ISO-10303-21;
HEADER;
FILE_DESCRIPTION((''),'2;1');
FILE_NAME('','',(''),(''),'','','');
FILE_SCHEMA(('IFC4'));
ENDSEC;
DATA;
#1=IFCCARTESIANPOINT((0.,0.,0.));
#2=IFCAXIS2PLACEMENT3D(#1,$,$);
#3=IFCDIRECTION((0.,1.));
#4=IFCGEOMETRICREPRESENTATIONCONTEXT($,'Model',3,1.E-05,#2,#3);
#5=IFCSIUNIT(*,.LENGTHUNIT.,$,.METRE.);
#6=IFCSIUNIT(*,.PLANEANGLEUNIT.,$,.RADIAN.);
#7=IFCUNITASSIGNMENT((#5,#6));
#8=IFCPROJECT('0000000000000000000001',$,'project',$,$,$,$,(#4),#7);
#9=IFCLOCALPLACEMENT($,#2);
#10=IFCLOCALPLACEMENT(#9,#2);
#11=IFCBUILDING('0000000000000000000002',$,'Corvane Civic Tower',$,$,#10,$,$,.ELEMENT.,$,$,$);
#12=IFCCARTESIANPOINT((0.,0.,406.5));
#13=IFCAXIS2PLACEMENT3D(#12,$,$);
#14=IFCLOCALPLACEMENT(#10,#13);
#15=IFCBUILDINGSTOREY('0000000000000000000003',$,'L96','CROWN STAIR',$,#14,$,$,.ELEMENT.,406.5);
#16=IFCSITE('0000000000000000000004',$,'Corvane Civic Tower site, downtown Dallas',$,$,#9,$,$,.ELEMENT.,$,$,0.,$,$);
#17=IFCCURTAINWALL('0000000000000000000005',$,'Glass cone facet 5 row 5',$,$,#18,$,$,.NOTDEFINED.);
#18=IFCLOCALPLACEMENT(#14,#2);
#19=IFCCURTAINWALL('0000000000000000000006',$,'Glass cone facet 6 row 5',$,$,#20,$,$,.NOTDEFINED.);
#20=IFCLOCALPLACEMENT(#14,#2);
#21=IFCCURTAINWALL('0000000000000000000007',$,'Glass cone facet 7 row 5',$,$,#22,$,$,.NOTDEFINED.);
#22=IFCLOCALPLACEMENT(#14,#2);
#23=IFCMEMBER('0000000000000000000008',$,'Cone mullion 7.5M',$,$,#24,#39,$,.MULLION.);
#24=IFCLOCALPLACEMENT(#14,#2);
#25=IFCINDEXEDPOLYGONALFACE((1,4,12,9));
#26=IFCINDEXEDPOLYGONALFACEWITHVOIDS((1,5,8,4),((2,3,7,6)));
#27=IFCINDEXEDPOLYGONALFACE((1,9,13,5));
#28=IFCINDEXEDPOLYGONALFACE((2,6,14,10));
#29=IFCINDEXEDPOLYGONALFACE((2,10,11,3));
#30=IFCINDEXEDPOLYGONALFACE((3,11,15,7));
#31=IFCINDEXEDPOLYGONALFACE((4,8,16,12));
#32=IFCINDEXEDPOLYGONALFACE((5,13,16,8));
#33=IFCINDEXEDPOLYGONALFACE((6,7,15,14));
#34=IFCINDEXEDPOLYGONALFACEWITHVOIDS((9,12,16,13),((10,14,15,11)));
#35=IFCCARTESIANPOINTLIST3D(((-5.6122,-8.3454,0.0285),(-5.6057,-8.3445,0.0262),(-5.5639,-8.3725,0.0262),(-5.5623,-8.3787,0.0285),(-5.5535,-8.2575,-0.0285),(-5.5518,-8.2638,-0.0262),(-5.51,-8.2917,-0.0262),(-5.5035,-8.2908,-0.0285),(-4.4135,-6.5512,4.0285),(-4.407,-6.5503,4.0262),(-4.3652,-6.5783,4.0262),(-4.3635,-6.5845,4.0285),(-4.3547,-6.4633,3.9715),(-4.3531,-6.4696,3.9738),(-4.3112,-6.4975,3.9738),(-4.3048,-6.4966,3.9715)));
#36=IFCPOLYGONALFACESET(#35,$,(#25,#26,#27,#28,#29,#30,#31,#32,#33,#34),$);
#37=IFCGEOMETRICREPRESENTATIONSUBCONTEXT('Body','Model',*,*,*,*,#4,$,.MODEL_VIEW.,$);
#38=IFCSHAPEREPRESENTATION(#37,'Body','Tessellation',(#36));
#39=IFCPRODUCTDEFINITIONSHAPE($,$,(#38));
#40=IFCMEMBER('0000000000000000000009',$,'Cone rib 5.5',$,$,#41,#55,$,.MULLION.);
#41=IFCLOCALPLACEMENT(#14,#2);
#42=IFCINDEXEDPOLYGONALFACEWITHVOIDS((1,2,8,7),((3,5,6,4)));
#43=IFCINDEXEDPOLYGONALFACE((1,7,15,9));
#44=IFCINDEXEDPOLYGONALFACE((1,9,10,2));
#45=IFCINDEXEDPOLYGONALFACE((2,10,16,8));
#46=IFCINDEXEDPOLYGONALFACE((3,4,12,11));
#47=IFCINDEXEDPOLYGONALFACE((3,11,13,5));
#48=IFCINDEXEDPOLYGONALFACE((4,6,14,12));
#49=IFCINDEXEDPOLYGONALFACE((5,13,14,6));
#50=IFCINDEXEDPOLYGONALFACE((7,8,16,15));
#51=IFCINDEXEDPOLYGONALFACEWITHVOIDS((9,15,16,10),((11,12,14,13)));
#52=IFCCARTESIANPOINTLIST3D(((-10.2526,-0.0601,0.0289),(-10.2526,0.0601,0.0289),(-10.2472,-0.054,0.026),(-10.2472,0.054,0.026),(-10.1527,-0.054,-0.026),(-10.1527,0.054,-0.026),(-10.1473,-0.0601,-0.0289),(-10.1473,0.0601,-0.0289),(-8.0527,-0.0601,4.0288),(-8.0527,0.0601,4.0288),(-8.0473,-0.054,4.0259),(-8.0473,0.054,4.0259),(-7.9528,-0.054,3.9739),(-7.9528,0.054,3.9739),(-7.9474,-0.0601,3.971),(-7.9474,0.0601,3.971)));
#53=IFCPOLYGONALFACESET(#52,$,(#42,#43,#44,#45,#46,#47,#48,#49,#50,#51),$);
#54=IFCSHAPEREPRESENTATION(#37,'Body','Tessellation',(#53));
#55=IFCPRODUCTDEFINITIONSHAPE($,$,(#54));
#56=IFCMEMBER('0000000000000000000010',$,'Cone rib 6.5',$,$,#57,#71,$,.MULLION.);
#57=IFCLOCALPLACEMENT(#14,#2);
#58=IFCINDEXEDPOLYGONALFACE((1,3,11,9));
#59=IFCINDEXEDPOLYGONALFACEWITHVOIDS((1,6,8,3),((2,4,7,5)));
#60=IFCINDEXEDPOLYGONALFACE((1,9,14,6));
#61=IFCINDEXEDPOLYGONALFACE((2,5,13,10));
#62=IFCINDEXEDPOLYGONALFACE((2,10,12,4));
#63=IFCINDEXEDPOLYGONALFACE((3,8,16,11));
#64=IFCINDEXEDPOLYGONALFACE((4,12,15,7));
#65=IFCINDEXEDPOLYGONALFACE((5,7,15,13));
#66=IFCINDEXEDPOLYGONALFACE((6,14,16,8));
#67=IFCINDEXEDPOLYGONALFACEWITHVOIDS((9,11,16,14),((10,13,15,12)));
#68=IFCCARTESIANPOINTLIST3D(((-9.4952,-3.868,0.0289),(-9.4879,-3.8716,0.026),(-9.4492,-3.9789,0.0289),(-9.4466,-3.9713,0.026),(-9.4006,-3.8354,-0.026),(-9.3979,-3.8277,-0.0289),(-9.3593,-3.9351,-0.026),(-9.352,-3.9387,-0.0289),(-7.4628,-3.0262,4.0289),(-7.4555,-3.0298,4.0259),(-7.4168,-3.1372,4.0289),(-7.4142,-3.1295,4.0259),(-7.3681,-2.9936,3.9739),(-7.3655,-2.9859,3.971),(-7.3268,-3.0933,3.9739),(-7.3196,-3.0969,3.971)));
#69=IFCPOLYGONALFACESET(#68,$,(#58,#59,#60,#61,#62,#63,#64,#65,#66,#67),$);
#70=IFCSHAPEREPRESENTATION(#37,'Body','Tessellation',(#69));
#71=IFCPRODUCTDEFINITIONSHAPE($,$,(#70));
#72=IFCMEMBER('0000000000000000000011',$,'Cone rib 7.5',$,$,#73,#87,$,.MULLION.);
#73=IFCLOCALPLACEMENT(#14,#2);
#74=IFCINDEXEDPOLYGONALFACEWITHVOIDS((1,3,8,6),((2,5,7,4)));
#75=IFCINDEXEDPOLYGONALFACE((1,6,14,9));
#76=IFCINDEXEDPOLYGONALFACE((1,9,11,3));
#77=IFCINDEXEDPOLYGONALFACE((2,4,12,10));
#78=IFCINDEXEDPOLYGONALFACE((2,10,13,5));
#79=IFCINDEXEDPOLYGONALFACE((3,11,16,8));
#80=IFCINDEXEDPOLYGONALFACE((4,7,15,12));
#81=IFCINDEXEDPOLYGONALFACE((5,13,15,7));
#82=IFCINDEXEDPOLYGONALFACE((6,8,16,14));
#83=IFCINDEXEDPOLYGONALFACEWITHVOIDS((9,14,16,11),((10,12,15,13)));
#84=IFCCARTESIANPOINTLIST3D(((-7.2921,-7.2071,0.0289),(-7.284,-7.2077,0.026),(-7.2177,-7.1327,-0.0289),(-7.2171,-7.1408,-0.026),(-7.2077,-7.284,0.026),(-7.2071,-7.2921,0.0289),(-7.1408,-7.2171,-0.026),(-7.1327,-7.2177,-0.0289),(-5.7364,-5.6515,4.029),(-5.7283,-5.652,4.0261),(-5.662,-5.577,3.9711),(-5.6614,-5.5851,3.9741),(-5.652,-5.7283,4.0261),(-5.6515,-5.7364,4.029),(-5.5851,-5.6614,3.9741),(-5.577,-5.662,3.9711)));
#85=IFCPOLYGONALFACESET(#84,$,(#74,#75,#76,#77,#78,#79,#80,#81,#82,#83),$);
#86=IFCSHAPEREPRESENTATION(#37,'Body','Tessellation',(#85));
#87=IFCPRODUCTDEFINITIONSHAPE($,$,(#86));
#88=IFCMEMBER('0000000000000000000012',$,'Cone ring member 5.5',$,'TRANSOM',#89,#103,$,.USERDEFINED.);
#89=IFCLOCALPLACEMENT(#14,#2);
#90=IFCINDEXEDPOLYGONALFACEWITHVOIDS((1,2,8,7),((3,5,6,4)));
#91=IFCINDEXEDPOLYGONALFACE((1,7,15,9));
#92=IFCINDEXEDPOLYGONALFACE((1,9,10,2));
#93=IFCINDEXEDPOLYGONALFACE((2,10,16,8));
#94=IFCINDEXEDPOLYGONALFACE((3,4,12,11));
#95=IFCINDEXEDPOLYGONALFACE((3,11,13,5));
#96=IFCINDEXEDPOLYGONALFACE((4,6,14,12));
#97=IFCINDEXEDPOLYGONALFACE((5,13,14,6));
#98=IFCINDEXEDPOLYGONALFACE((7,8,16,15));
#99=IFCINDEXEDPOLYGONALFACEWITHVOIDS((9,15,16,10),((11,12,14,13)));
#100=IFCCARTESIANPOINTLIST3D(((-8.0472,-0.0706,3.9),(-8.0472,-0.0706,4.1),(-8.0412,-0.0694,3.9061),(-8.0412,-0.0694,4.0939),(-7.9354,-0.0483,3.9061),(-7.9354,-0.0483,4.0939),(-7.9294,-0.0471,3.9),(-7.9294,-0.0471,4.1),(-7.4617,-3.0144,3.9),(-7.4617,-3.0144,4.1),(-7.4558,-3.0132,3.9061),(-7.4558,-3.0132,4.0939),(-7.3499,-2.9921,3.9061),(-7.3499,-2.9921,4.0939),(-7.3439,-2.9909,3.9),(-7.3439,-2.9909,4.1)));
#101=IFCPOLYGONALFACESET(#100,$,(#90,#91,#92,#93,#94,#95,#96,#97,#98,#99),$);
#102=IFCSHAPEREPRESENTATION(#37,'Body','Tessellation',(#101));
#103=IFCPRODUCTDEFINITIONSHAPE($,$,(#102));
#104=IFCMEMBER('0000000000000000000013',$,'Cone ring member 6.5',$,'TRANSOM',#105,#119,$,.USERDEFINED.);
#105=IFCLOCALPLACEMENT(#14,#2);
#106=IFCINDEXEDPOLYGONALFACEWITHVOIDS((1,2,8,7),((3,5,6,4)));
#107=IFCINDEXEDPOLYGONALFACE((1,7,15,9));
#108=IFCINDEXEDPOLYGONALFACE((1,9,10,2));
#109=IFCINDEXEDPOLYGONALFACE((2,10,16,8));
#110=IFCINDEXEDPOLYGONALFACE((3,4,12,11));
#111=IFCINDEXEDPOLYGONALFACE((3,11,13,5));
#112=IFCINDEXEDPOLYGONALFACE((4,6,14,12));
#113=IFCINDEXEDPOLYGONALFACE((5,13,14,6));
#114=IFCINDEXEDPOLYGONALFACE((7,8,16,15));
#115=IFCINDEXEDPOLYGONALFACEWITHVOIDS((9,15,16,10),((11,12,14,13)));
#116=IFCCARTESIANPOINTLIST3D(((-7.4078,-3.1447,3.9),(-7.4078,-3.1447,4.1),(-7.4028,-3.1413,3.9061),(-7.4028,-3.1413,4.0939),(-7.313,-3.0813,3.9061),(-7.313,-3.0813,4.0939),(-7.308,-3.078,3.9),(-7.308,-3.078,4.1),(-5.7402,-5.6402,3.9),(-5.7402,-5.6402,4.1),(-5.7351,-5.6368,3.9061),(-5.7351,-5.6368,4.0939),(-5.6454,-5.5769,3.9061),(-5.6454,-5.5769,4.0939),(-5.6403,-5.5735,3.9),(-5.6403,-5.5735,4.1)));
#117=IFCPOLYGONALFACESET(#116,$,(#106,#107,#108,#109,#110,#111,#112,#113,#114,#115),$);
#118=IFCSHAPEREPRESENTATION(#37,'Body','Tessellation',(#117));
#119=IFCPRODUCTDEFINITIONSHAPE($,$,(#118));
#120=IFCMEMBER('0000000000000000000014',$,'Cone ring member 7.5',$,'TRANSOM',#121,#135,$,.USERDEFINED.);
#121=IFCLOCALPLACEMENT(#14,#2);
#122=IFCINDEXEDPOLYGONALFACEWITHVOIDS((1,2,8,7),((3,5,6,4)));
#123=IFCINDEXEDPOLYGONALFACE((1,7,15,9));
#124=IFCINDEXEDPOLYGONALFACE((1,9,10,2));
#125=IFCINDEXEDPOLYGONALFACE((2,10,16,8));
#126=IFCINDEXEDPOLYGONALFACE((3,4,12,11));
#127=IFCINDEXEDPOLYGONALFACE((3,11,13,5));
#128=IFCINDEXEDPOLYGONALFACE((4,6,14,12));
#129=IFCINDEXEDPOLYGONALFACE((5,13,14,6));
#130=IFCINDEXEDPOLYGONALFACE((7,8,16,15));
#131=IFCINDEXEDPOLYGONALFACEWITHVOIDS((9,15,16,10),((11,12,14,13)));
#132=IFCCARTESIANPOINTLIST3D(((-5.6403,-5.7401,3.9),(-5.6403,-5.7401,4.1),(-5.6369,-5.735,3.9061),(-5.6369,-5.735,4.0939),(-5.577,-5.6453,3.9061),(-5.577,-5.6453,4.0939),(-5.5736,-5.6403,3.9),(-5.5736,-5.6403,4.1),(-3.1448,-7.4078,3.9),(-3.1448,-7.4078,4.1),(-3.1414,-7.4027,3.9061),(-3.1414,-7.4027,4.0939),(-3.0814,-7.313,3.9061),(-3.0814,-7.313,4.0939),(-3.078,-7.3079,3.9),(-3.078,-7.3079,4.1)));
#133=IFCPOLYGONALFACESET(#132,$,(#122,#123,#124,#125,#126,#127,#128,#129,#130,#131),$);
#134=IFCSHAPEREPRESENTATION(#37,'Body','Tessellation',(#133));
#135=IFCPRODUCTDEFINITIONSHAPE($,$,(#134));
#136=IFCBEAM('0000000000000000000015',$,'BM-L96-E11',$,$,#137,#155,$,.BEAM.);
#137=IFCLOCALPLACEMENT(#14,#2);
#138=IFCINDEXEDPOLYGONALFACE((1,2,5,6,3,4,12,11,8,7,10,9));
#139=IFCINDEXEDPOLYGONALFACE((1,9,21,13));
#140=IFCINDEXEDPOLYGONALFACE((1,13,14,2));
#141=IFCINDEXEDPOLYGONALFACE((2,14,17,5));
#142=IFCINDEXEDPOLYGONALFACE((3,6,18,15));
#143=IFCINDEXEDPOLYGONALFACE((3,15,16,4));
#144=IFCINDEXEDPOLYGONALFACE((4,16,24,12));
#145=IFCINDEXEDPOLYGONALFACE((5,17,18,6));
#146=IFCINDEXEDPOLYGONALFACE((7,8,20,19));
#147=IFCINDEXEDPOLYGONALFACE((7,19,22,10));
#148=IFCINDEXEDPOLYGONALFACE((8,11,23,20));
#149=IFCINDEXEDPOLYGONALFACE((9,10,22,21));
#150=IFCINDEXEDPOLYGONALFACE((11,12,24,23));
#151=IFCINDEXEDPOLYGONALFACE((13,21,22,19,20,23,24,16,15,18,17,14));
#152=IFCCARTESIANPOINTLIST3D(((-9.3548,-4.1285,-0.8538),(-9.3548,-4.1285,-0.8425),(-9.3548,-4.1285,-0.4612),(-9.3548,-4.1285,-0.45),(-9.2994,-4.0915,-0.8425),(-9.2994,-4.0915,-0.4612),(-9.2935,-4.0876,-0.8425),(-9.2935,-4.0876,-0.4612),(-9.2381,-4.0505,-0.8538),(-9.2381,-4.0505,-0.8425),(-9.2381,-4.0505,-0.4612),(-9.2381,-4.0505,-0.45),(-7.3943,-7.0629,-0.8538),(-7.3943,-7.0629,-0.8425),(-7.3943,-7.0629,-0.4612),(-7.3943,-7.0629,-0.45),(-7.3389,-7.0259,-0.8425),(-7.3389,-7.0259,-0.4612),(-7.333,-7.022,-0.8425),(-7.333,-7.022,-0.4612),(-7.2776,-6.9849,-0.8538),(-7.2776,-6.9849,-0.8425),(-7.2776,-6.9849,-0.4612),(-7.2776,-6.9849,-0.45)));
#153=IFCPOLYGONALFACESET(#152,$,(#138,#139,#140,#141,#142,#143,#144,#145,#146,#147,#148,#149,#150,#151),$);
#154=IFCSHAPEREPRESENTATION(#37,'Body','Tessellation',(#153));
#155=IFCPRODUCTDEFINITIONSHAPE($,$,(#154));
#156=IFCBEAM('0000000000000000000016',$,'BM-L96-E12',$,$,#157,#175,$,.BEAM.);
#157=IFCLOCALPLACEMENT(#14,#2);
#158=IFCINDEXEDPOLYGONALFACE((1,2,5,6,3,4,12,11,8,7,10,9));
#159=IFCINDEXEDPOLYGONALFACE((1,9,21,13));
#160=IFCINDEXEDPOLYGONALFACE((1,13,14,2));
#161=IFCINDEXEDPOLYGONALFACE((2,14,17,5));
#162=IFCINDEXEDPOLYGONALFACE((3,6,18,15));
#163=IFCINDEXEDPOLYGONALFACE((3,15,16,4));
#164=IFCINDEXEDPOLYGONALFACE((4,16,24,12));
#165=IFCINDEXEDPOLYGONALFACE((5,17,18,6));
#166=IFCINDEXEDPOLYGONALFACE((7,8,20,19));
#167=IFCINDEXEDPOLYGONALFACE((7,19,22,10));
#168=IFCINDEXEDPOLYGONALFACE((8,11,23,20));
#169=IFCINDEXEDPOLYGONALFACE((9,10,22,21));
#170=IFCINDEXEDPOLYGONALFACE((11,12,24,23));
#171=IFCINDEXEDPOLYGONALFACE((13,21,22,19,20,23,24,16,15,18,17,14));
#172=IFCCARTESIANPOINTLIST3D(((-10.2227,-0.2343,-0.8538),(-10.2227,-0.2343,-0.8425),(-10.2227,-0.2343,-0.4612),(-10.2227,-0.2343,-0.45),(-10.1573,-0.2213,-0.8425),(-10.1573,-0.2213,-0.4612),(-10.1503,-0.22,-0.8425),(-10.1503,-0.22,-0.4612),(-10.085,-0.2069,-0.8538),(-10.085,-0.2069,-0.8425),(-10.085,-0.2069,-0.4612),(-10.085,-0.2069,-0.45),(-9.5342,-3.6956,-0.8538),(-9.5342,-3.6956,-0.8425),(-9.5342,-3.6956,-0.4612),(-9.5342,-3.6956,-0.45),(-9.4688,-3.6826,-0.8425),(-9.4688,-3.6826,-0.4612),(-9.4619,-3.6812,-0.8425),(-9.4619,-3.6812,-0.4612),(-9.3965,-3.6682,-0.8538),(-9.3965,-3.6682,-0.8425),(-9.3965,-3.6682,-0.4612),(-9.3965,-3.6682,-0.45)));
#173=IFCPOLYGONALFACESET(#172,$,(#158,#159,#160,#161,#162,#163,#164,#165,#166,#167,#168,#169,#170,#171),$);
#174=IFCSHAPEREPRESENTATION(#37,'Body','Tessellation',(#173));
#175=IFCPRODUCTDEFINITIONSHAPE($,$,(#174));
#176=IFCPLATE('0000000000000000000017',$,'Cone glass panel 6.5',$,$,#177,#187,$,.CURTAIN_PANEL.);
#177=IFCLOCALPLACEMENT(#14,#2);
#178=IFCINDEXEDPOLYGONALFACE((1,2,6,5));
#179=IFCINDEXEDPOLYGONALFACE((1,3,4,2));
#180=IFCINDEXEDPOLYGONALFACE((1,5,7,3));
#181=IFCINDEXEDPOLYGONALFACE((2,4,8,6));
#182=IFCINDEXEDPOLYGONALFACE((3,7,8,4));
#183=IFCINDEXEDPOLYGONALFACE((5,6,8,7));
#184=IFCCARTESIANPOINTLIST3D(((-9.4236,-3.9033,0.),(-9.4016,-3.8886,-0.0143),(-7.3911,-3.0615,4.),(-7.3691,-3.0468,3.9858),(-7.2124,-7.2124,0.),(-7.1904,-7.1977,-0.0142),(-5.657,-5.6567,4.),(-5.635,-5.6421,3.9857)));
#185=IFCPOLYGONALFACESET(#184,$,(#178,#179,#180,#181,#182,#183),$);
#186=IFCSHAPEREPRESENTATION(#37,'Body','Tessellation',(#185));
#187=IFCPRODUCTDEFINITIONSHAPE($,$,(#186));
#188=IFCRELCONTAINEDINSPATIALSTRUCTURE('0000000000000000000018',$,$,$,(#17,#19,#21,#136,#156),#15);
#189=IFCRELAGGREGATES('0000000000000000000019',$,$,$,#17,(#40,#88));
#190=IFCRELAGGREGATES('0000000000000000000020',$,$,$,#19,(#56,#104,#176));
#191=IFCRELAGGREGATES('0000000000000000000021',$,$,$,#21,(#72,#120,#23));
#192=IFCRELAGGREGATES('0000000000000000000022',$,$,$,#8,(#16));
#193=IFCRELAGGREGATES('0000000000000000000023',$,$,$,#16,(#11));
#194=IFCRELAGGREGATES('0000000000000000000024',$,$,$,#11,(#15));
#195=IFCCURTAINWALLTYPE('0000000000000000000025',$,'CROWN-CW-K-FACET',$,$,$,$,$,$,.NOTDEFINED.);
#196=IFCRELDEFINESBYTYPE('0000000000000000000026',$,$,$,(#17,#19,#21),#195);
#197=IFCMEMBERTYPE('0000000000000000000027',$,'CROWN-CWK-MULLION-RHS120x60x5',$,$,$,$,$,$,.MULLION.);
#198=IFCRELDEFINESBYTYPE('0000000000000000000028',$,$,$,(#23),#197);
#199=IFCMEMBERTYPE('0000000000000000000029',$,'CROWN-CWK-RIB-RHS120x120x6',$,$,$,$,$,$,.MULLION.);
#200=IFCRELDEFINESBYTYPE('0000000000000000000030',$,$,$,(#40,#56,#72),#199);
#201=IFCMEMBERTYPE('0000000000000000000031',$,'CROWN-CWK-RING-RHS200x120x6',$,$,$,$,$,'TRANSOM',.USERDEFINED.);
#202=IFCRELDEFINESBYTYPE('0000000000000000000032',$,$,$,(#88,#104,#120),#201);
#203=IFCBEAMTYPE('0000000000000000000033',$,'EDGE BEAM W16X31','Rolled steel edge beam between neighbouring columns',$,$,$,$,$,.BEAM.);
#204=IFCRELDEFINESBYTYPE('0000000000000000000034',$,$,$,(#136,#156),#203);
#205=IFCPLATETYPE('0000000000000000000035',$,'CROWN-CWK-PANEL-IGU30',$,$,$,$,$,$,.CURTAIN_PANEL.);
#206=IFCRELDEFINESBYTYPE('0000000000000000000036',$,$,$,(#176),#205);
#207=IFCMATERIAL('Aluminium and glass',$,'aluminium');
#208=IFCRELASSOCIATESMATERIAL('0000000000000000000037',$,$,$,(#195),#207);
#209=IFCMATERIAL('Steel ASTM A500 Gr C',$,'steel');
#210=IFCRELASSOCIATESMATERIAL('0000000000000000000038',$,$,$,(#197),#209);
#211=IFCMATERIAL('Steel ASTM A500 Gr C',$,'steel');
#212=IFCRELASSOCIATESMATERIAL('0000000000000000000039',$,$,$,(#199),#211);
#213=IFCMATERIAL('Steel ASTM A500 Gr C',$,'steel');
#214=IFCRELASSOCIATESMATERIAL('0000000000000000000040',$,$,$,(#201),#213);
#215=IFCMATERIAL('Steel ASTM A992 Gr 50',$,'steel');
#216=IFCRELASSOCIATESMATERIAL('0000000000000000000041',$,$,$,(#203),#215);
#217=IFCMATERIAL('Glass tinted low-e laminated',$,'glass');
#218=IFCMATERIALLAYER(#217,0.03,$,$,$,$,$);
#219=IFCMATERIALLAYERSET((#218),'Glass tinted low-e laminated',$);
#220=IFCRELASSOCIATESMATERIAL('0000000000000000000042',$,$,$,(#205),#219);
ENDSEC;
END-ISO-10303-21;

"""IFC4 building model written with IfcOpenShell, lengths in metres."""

from ifc_helpers import new_model, si_unit, direction, frame, origin, origin_2d, place, context, subcontext, project, spatial, polyline, hollow_rectangle, i_section, outline, extrude, material, layer, layer_set, material_profile, profile_set, type_object, element, aggregate, save


model = new_model("IFC4")

# Units and contexts
model_context = context("Model", 3, precision=1e-05, world=origin(), true_north=direction((0.0, 1.0)))
body_context = subcontext(model_context, "Body", "Model", "MODEL_VIEW")
ifc_project = project(units=[si_unit("LENGTHUNIT", "METRE"), si_unit("PLANEANGLEUNIT", "RADIAN")], contexts=[model_context])

# Site, building, storey
site_placement = place(None, origin())
site = spatial("IfcSite", under=ifc_project, at=site_placement, Name="Corvane Civic Tower site, downtown Dallas", CompositionType="ELEMENT", RefElevation=0.0)
building_placement = place(site_placement, origin())
building = spatial("IfcBuilding", under=site, at=building_placement, Name="Corvane Civic Tower", CompositionType="ELEMENT")
storey_placement = place(building_placement, frame((0.0, 0.0, 406.5)))
storey = spatial("IfcBuildingStorey", under=building, at=storey_placement, Name="L96", Description="CROWN STAIR", CompositionType="ELEMENT", Elevation=406.5)

# Curtain walls
ifc_material_1 = material(Name="Aluminium and glass", Category="aluminium")
curtain_wall_type = type_object("IfcCurtainWallType", Name="CROWN-CW-K-FACET", PredefinedType="NOTDEFINED", material=ifc_material_1)
curtain_wall_1_placement = place(storey_placement, origin())
curtain_wall_1 = element("IfcCurtainWall", 1, at=curtain_wall_1_placement, inside=storey, type_object=curtain_wall_type, Name="Glass cone facet 5 row 5", PredefinedType="NOTDEFINED")
ifc_material_2 = material(Name="Steel ASTM A500 Gr C", Category="steel")
ifc_material_profile_1 = material_profile(ifc_material_2, hollow_rectangle(XDim=0.0601, YDim=0.1201, WallThickness=0.0049, at=origin_2d()), Name="RHS 120x60x5")
ifc_profile_set_1 = profile_set([ifc_material_profile_1], Name="Steel ASTM A500 Gr C")
member_type_1 = type_object("IfcMemberType", Name="CROWN-CWK-MULLION-RHS120x60x5", PredefinedType="MULLION", material=ifc_profile_set_1)
curtain_wall_2_placement = place(storey_placement, origin())
curtain_wall_2 = element("IfcCurtainWall", 2, at=curtain_wall_2_placement, inside=storey, type_object=curtain_wall_type, Name="Glass cone facet 6 row 5", PredefinedType="NOTDEFINED")

# Curtain wall, member
curtain_wall_3_placement = place(storey_placement, origin())
curtain_wall_3 = element("IfcCurtainWall", 3, at=curtain_wall_3_placement, inside=storey, type_object=curtain_wall_type, Name="Glass cone facet 7 row 5", PredefinedType="NOTDEFINED")
member_1_placement = place(storey_placement, frame((-5.5579, -8.3181, 0.0), z_axis=(0.263753, 0.39477, 0.880108), x_axis=(-0.831493, 0.555535, 0.0)))
member_1 = element("IfcMember", 4, at=member_1_placement, type_object=member_type_1, Name="Cone mullion 7.5M", PredefinedType="MULLION", context=body_context, shape_type="SweptSolid", body=[
    extrude(hollow_rectangle(XDim=0.0601, YDim=0.1201, WallThickness=0.0049, at=origin_2d()), origin(), (0.0, 0.0, 1.0), 4.5449),
])

# Members
ifc_material_3 = material(Name="Steel ASTM A500 Gr C", Category="steel")
ifc_material_profile_2 = material_profile(ifc_material_3, hollow_rectangle(XDim=0.1201, YDim=0.1201, WallThickness=0.0061, at=origin_2d()), Name="RHS 120x120x6")
ifc_profile_set_2 = profile_set([ifc_material_profile_2], Name="Steel ASTM A500 Gr C")
member_type_2 = type_object("IfcMemberType", Name="CROWN-CWK-RIB-RHS120x120x6", PredefinedType="MULLION", material=ifc_profile_set_2)
member_2_placement = place(storey_placement, frame((-10.2, 0.0, 0.0), z_axis=(0.481911, 0.0, 0.87622), x_axis=(0.0, 1.0, 0.0)))
member_2 = element("IfcMember", 5, at=member_2_placement, type_object=member_type_2, Name="Cone rib 5.5", PredefinedType="MULLION", context=body_context, shape_type="SweptSolid", body=[
    extrude(hollow_rectangle(XDim=0.1201, YDim=0.1201, WallThickness=0.0061, at=origin_2d()), origin(), (0.0, 0.0, 1.0), 4.5649),
])
member_3_placement = place(storey_placement, frame((-9.4236, -3.9033, 0.0), z_axis=(0.445226, 0.184401, 0.876225), x_axis=(-0.382652, 0.923892, 0.0)))
member_3 = element("IfcMember", 6, at=member_3_placement, type_object=member_type_2, Name="Cone rib 6.5", PredefinedType="MULLION", context=body_context, shape_type="SweptSolid", body=[
    extrude(hollow_rectangle(XDim=0.1201, YDim=0.1201, WallThickness=0.0061, at=origin_2d()), origin(), (0.0, 0.0, 1.0), 4.5649),
])
member_4_placement = place(storey_placement, frame((-7.2124, -7.2124, 0.0), z_axis=(0.340773, 0.340773, 0.876212), x_axis=(-0.707107, 0.707107, 0.0)))
member_4 = element("IfcMember", 7, at=member_4_placement, type_object=member_type_2, Name="Cone rib 7.5", PredefinedType="MULLION", context=body_context, shape_type="SweptSolid", body=[
    extrude(hollow_rectangle(XDim=0.1201, YDim=0.1201, WallThickness=0.0061, at=origin_2d()), origin(), (0.0, 0.0, 1.0), 4.5652),
])
ifc_material_4 = material(Name="Steel ASTM A500 Gr C", Category="steel")
ifc_material_profile_3 = material_profile(ifc_material_4, hollow_rectangle(XDim=0.1201, YDim=0.2, WallThickness=0.0061, at=origin_2d()), Name="RHS 200x120x6")
ifc_profile_set_3 = profile_set([ifc_material_profile_3], Name="Steel ASTM A500 Gr C")
member_type_3 = type_object("IfcMemberType", Name="CROWN-CWK-RING-RHS200x120x6", ElementType="TRANSOM", PredefinedType="USERDEFINED", material=ifc_profile_set_3)
member_5_placement = place(storey_placement, frame((-7.9883, -0.0588, 4.0), z_axis=(0.195052, -0.980793, 0.0), x_axis=(0.980793, 0.195052, 0.0)))
member_5 = element("IfcMember", 8, at=member_5_placement, type_object=member_type_3, Name="Cone ring member 5.5", ObjectType="TRANSOM", PredefinedType="USERDEFINED", context=body_context, shape_type="SweptSolid", body=[
    extrude(hollow_rectangle(XDim=0.1201, YDim=0.2, WallThickness=0.0061, at=origin_2d()), origin(), (0.0, 0.0, 1.0), 3.0015),
])
aggregate(curtain_wall_1, [member_2, member_5])
member_6_placement = place(storey_placement, frame((-7.3579, -3.1113, 4.0), z_axis=(0.55562, -0.831437, 0.0), x_axis=(0.831437, 0.55562, 0.0)))
member_6 = element("IfcMember", 9, at=member_6_placement, type_object=member_type_3, Name="Cone ring member 6.5", ObjectType="TRANSOM", PredefinedType="USERDEFINED", context=body_context, shape_type="SweptSolid", body=[
    extrude(hollow_rectangle(XDim=0.1201, YDim=0.2, WallThickness=0.0061, at=origin_2d()), origin(), (0.0, 0.0, 1.0), 3.0015),
])
member_7_placement = place(storey_placement, frame((-5.6069, -5.6902, 4.0), z_axis=(0.831437, -0.55562, 0.0), x_axis=(0.55562, 0.831437, 0.0)))
member_7 = element("IfcMember", 10, at=member_7_placement, type_object=member_type_3, Name="Cone ring member 7.5", ObjectType="TRANSOM", PredefinedType="USERDEFINED", context=body_context, shape_type="SweptSolid", body=[
    extrude(hollow_rectangle(XDim=0.1201, YDim=0.2, WallThickness=0.0061, at=origin_2d()), origin(), (0.0, 0.0, 1.0), 3.0015),
])

# Beams
ifc_material_5 = material(Name="Steel ASTM A992 Gr 50", Category="steel")
ifc_material_profile_4 = material_profile(ifc_material_5, i_section(OverallWidth=0.1404, OverallDepth=0.4038, WebThickness=0.0071, FlangeThickness=0.0112, at=origin_2d()), Name="W16X31")
ifc_profile_set_4 = profile_set([ifc_material_profile_4], Name="Steel ASTM A992 Gr 50")
beam_type = type_object("IfcBeamType", Name="EDGE BEAM W16X31", Description="Rolled steel edge beam between neighbouring columns", PredefinedType="BEAM", material=ifc_profile_set_4)
for number, where, z_axis, x_axis, name in (
    (11, (-7.3359, -7.0239, -0.6519), (-0.55553, 0.831496, 0.0), (-0.831496, -0.55553, 0.0), "BM-L96-E11"),
    (12, (-9.4653, -3.6819, -0.6519), (-0.195092, 0.980785, 0.0), (-0.980785, -0.195092, 0.0), "BM-L96-E12"),
):
    element("IfcBeam", number, at=place(storey_placement, frame(where, z_axis=z_axis, x_axis=x_axis)), inside=storey, type_object=beam_type, Name=name, PredefinedType="BEAM", context=body_context, shape_type="SweptSolid", body=[
        extrude(i_section(OverallWidth=0.1404, OverallDepth=0.4038, WebThickness=0.0071, FlangeThickness=0.0112, at=origin_2d()), origin(), (0.0, 0.0, 1.0), 3.5291),
    ])

# Plate
ifc_material_6 = material(Name="Glass tinted low-e laminated", Category="glass")
ifc_layer_1 = layer(ifc_material_6, 0.03)
ifc_layer_set_1 = layer_set([ifc_layer_1], Name="Glass tinted low-e laminated")
plate_type = type_object("IfcPlateType", Name="CROWN-CWK-PANEL-IGU30", PredefinedType="CURTAIN_PANEL", material=ifc_layer_set_1)
plate_1_placement = place(storey_placement, frame((-9.4236, -3.9033, 0.0), z_axis=(-0.731788, -0.488988, 0.474738), x_axis=(0.555589, -0.831457, 0.000002)))
plate_1 = element("IfcPlate", 13, at=plate_1_placement, type_object=plate_type, Name="Cone glass panel 6.5", PredefinedType="CURTAIN_PANEL", context=body_context, shape_type="SweptSolid", body=[
    extrude(outline(polyline([(0.0, 0.0), (3.9799, 0.0), (3.5506, 4.5448), (0.4293, 4.5448), (0.0, 0.0)])), origin(), (0.0, 0.0, -1.0), 0.03),
])
aggregate(curtain_wall_2, [member_3, member_6, plate_1])
aggregate(curtain_wall_3, [member_4, member_7, member_1])

save(model, "model.ifc")
